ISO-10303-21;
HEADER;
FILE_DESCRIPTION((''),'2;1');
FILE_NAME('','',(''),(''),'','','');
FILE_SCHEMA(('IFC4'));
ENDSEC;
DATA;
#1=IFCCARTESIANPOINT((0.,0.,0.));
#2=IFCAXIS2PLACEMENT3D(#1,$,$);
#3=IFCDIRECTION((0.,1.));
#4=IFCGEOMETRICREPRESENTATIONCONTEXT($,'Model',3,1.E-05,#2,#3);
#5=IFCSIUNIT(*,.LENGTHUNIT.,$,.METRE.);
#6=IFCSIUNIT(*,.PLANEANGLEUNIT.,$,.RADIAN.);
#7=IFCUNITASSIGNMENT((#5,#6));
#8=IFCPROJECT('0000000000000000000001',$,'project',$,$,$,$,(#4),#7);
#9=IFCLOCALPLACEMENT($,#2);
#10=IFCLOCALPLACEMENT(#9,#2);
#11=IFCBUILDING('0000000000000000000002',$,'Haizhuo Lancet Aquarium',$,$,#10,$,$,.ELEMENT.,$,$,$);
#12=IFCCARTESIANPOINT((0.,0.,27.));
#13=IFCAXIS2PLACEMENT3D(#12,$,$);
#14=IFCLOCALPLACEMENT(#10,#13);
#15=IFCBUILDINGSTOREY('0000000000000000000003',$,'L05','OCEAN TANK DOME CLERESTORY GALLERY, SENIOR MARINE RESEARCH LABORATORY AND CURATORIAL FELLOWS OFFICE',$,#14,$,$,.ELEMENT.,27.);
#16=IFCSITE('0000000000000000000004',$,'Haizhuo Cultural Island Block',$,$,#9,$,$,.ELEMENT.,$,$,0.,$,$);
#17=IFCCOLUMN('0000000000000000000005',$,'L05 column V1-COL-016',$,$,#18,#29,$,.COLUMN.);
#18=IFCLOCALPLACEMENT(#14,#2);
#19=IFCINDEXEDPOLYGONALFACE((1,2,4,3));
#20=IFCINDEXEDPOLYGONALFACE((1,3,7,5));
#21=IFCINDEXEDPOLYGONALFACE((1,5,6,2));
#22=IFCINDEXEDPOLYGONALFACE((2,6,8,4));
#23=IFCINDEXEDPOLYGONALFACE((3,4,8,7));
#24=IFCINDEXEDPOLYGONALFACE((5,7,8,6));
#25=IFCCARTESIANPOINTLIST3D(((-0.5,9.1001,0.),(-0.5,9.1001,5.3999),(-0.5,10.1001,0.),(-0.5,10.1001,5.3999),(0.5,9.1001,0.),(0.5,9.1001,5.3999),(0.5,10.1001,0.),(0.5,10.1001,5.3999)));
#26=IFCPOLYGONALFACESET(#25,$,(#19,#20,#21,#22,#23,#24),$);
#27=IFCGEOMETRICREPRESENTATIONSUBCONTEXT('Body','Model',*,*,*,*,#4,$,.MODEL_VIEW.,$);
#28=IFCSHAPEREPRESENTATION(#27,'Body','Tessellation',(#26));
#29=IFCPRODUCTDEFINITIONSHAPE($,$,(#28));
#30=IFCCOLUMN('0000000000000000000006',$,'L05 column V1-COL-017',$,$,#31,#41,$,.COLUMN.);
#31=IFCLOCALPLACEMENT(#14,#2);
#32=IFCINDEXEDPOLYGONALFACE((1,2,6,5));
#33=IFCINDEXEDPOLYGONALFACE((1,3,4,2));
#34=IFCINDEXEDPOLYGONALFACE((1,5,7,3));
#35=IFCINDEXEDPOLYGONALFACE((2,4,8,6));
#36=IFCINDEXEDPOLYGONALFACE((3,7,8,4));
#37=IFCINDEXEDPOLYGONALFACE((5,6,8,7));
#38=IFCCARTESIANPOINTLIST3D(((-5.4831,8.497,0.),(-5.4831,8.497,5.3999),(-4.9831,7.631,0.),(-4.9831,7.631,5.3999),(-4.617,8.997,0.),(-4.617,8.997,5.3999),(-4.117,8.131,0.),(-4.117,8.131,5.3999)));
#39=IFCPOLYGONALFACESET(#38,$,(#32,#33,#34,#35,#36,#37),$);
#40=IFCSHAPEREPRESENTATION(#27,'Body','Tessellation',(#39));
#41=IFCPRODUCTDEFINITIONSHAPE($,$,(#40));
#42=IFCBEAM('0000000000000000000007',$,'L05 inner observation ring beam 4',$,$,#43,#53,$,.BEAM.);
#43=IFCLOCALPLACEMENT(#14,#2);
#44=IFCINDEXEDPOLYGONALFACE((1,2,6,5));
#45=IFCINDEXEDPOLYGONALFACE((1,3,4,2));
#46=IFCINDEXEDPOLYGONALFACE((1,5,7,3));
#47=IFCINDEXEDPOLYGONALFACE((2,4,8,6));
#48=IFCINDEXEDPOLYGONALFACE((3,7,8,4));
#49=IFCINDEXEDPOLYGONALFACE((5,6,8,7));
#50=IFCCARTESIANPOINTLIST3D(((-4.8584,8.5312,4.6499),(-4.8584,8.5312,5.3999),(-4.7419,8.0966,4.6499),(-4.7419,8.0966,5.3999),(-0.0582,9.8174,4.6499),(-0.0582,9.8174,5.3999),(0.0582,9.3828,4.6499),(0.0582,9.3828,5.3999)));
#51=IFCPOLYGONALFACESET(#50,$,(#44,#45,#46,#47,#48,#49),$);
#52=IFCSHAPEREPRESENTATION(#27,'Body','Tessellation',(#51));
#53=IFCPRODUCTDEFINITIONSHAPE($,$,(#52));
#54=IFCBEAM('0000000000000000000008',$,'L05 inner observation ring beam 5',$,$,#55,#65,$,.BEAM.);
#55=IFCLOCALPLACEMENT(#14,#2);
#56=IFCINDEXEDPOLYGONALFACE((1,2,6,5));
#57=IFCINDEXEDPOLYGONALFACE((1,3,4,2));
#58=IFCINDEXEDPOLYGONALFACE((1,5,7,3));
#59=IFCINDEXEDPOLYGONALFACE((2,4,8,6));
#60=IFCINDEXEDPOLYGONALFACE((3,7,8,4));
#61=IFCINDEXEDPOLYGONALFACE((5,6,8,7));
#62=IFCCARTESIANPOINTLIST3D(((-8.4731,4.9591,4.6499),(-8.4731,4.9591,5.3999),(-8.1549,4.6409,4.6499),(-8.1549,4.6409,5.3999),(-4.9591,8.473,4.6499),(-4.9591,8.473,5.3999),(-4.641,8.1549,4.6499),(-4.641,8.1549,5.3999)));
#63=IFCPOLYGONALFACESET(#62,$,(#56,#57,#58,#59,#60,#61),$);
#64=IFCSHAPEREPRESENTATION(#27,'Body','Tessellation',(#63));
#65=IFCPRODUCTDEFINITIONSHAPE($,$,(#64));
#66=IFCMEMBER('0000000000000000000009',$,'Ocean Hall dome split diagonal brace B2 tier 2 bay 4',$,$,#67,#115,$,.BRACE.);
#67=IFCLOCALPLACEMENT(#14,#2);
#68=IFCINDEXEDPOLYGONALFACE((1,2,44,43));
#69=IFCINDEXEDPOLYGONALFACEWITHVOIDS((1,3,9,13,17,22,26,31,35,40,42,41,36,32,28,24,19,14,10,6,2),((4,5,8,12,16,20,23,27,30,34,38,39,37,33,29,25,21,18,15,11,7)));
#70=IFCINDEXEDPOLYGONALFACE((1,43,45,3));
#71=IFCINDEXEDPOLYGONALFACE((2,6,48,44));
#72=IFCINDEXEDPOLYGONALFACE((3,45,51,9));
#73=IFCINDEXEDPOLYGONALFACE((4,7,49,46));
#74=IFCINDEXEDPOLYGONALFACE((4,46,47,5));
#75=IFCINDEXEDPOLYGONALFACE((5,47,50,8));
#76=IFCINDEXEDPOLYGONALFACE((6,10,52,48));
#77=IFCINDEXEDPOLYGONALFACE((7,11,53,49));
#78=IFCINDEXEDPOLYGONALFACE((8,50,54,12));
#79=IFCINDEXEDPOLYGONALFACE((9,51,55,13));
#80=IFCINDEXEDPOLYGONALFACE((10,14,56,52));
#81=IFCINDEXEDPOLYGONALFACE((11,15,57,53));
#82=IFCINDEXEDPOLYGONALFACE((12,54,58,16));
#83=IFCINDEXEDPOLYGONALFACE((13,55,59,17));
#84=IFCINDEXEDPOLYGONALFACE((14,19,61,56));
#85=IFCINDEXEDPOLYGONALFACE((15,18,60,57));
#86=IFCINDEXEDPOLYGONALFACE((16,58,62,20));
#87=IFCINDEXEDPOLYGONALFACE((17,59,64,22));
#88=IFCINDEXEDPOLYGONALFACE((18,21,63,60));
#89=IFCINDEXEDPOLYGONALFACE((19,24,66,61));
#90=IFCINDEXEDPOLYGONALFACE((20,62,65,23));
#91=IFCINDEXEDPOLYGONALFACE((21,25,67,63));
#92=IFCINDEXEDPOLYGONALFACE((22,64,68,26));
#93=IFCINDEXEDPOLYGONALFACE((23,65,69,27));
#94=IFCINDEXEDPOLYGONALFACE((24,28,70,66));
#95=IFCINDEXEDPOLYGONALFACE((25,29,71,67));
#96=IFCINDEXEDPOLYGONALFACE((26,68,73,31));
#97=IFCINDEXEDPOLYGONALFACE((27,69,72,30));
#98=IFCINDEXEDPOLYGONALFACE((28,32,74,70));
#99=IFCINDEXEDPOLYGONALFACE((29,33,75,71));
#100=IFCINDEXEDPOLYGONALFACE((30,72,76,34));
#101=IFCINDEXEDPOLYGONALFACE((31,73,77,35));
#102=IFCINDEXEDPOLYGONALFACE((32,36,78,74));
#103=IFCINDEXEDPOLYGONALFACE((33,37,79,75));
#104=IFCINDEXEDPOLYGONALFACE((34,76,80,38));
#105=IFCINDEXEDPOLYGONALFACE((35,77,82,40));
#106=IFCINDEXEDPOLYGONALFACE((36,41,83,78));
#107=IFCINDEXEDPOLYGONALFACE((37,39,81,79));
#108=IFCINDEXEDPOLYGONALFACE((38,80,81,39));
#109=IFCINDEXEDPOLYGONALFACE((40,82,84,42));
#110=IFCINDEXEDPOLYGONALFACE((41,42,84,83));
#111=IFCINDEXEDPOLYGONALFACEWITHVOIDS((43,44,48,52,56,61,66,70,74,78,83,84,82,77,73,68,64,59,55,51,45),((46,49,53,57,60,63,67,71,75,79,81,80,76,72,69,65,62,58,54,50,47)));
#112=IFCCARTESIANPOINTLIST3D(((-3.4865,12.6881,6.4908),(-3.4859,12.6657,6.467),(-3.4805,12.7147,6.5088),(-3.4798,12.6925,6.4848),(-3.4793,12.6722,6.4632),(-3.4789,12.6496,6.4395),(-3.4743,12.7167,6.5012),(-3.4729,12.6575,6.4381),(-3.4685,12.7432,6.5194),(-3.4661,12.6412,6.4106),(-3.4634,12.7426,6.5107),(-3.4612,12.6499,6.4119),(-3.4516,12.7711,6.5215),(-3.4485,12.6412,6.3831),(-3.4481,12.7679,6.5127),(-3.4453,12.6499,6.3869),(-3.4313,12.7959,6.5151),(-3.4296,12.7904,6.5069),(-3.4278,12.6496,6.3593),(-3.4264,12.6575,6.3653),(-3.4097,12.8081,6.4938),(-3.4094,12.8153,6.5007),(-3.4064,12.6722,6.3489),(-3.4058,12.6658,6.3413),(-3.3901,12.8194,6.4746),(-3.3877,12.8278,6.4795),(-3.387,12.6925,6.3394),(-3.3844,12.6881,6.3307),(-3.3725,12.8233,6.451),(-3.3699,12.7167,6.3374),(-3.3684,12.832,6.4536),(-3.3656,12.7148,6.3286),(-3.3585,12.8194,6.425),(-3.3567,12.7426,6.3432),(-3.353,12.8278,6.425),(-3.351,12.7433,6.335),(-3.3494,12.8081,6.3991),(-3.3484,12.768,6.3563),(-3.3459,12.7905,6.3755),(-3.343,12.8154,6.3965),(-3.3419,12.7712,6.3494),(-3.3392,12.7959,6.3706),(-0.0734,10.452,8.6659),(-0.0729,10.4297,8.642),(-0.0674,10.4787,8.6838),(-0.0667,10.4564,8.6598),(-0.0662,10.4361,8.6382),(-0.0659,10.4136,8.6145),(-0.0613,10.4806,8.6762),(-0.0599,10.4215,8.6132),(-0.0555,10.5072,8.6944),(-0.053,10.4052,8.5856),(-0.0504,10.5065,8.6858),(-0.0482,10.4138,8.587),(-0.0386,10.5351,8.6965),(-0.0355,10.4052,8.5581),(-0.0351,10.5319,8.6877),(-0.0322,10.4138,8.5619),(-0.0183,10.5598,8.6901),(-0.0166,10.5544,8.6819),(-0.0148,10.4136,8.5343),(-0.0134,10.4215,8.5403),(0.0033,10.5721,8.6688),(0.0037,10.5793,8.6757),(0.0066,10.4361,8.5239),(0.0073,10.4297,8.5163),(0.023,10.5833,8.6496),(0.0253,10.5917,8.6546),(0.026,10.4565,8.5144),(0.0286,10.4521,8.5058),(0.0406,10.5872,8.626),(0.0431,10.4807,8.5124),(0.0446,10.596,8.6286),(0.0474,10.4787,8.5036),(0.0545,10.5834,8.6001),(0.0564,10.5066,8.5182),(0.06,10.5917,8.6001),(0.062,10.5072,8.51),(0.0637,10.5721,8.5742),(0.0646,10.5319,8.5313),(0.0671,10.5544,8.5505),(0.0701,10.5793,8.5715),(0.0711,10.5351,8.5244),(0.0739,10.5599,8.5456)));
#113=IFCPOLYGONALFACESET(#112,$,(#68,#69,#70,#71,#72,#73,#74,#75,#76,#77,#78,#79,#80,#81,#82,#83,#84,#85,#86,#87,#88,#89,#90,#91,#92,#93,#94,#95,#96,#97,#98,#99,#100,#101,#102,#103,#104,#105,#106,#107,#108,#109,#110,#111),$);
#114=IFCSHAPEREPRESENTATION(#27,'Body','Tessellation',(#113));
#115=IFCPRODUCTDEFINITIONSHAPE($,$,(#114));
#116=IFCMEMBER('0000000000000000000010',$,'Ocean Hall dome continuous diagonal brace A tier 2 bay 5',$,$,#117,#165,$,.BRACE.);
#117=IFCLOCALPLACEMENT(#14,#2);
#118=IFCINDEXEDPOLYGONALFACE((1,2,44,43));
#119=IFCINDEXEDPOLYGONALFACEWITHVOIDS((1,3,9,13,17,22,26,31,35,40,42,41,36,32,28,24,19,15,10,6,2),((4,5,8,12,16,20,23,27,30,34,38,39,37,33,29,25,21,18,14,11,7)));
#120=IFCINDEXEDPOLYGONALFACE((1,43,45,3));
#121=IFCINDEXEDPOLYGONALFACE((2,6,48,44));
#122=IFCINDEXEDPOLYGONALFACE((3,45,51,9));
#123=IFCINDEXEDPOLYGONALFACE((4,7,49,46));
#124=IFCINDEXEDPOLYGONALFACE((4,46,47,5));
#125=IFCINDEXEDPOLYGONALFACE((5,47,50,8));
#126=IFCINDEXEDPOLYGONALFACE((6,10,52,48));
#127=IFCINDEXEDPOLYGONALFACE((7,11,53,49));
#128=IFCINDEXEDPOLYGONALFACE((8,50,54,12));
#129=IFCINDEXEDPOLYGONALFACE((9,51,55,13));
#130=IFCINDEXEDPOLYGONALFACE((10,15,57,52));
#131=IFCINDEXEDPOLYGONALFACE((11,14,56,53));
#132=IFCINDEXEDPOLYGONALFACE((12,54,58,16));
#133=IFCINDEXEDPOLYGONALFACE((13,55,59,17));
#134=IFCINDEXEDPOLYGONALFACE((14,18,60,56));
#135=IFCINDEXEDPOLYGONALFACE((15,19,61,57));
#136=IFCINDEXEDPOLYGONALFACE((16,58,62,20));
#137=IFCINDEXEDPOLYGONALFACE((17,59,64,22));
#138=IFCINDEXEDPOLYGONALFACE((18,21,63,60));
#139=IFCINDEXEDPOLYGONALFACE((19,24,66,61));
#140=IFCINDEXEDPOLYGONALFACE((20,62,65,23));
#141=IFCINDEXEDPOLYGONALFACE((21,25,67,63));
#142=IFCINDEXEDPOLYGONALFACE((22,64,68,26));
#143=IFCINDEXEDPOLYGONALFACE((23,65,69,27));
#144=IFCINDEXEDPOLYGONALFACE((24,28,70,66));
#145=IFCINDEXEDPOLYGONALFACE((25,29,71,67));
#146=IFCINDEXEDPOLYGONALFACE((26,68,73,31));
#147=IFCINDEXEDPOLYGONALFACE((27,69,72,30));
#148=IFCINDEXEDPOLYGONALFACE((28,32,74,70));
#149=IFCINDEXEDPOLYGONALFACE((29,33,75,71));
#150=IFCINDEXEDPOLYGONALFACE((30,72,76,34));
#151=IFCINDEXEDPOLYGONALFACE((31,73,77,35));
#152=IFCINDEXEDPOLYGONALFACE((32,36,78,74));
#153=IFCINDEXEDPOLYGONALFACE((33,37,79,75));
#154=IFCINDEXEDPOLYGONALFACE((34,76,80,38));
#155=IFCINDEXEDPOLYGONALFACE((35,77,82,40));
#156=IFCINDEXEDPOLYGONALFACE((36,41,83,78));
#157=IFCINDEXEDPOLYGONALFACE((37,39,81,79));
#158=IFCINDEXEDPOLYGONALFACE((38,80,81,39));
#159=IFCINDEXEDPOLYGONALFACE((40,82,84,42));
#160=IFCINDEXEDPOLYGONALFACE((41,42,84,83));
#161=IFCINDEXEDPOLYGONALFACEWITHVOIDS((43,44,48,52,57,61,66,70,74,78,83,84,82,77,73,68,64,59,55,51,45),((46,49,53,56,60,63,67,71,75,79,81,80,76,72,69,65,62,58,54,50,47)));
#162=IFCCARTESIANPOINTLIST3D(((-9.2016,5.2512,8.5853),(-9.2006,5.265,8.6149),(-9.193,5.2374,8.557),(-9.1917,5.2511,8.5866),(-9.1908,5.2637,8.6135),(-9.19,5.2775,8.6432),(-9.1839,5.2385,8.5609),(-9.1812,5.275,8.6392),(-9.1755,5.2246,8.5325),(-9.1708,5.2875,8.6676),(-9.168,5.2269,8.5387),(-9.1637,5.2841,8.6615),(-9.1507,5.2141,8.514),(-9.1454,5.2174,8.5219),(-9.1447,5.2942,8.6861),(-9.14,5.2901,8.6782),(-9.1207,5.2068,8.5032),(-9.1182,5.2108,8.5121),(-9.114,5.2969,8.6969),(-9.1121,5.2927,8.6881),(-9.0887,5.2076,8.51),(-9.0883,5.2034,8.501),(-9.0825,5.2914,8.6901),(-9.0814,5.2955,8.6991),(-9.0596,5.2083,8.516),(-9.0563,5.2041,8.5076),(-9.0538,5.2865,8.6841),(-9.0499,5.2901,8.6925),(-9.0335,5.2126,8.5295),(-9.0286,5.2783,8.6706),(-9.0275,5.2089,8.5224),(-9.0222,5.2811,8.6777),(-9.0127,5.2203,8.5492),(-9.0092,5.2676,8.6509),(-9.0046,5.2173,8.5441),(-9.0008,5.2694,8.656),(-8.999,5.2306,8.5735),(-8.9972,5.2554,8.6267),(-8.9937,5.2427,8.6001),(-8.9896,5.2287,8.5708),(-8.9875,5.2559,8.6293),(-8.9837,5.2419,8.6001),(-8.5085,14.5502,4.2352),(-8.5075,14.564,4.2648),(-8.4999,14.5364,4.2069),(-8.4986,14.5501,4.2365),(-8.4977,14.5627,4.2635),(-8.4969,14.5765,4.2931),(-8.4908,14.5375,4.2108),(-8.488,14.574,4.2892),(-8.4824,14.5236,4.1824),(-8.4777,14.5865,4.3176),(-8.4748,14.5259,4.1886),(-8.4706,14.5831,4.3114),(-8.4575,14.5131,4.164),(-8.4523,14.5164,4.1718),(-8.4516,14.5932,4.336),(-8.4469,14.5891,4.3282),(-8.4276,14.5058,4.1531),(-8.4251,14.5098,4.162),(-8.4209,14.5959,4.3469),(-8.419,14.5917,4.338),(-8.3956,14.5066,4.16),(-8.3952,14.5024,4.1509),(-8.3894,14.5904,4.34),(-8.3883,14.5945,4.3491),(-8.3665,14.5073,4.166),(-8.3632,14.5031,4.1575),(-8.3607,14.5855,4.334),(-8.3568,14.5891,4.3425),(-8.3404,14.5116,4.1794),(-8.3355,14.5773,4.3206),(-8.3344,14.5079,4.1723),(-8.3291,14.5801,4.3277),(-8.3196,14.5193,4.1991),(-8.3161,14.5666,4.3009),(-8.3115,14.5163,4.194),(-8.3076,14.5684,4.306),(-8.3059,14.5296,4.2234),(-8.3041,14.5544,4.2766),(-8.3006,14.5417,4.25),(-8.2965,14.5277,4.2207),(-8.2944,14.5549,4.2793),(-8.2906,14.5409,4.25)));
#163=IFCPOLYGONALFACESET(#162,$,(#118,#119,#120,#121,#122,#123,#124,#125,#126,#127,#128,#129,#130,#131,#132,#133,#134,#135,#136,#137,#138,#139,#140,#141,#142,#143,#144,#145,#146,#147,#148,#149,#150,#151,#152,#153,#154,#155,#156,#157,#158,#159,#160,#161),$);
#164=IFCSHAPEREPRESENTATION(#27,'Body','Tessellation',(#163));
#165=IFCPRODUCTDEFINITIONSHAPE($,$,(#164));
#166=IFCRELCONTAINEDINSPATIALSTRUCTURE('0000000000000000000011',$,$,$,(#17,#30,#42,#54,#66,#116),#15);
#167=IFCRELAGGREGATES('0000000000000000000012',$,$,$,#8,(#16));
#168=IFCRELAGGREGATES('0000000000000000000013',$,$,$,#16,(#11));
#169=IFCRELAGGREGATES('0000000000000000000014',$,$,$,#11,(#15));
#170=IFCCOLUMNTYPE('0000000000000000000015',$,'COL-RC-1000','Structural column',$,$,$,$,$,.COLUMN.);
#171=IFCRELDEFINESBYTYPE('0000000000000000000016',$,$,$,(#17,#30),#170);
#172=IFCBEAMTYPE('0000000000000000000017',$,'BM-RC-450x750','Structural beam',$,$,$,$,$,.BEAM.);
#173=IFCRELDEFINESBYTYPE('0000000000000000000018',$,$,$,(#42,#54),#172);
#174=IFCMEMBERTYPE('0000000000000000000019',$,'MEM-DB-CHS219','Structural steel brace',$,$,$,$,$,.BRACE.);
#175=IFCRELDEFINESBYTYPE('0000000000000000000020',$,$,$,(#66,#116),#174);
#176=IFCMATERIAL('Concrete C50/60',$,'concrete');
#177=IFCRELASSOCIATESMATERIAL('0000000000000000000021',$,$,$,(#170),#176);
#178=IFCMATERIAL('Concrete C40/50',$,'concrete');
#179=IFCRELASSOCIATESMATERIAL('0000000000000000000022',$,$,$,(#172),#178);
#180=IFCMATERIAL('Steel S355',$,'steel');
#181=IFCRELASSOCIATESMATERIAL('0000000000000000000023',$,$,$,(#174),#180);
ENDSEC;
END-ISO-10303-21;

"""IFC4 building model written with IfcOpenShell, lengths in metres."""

from ifc_helpers import new_model, si_unit, direction, frame, origin, origin_2d, place, context, subcontext, project, spatial, rectangle, hollow_circle, extrude, material, material_profile, profile_set, type_object, element, save


model = new_model("IFC4")

# Units and contexts
model_context = context("Model", 3, precision=1e-05, world=origin(), true_north=direction((0.0, 1.0)))
body_context = subcontext(model_context, "Body", "Model", "MODEL_VIEW")
ifc_project = project(units=[si_unit("LENGTHUNIT", "METRE"), si_unit("PLANEANGLEUNIT", "RADIAN")], contexts=[model_context])

# Site, building, storey
site_placement = place(None, origin())
site = spatial("IfcSite", under=ifc_project, at=site_placement, Name="Haizhuo Cultural Island Block", CompositionType="ELEMENT", RefElevation=0.0)
building_placement = place(site_placement, origin())
building = spatial("IfcBuilding", under=site, at=building_placement, Name="Haizhuo Lancet Aquarium", CompositionType="ELEMENT")
storey_placement = place(building_placement, frame((0.0, 0.0, 27.0)))
storey = spatial("IfcBuildingStorey", under=building, at=storey_placement, Name="L05", Description="OCEAN TANK DOME CLERESTORY GALLERY, SENIOR MARINE RESEARCH LABORATORY AND CURATORIAL FELLOWS OFFICE", CompositionType="ELEMENT", Elevation=27.0)

# Columns
ifc_material_1 = material(Name="Concrete C50/60", Category="concrete")
ifc_material_profile_1 = material_profile(ifc_material_1, rectangle(XDim=1.0, YDim=1.0, at=origin_2d()), Name="RC-COL 1000x1000")
ifc_profile_set_1 = profile_set([ifc_material_profile_1], Name="Concrete C50/60")
column_type = type_object("IfcColumnType", Name="COL-RC-1000", Description="Structural column", PredefinedType="COLUMN", material=ifc_profile_set_1)
for number, where, z_axis, x_axis, name in (
    (1, (0.0, 9.6001, 0.0), (0.0, 0.0, 1.0), (0.0, 1.0, 0.0), "L05 column V1-COL-016"),
    (2, (-4.8, 8.314, 0.0), (0.0, 0.0, 1.0), (-0.5, 0.866025, 0.0), "L05 column V1-COL-017"),
):
    element("IfcColumn", number, at=place(storey_placement, frame(where, z_axis=z_axis, x_axis=x_axis)), inside=storey, type_object=column_type, Name=name, PredefinedType="COLUMN", context=body_context, shape_type="SweptSolid", body=[
        extrude(rectangle(XDim=1.0, YDim=1.0, at=origin_2d()), origin(), (0.0, 0.0, 1.0), 5.3999),
    ])

# Beams
ifc_material_2 = material(Name="Concrete C40/50", Category="concrete")
ifc_material_profile_2 = material_profile(ifc_material_2, rectangle(XDim=0.45, YDim=0.75, at=origin_2d()), Name="RC-BM 450x750")
ifc_profile_set_2 = profile_set([ifc_material_profile_2], Name="Concrete C40/50")
beam_type = type_object("IfcBeamType", Name="BM-RC-450x750", Description="Structural beam", PredefinedType="BEAM", material=ifc_profile_set_2)
for number, where, z_axis, x_axis, name in (
    (3, (0.0, 9.6001, 5.0249), (-0.965928, -0.258812, 0.0), (0.258812, -0.965928, 0.0), "L05 inner observation ring beam 4"),
    (4, (-4.8, 8.314, 5.0249), (-0.707107, -0.707107, 0.0), (0.707107, -0.707107, 0.0), "L05 inner observation ring beam 5"),
):
    element("IfcBeam", number, at=place(storey_placement, frame(where, z_axis=z_axis, x_axis=x_axis)), inside=storey, type_object=beam_type, Name=name, PredefinedType="BEAM", context=body_context, shape_type="SweptSolid", body=[
        extrude(rectangle(XDim=0.45, YDim=0.75, at=origin_2d()), origin(), (0.0, 0.0, 1.0), 4.9695),
    ])

# Members
ifc_material_3 = material(Name="Steel S355", Category="steel")
ifc_material_profile_3 = material_profile(ifc_material_3, hollow_circle(Radius=0.1096, WallThickness=0.01, at=origin_2d()), Name="CHS 219x10")
ifc_profile_set_3 = profile_set([ifc_material_profile_3], Name="Steel S355")
member_type_1 = type_object("IfcMemberType", Name="MEM-DB-CHS219", Description="Structural steel brace", PredefinedType="BRACE", material=ifc_profile_set_3)
member_1_placement = place(storey_placement, frame((-3.4131, 12.7361, 6.425), z_axis=(0.738147, -0.483597, 0.470397), x_axis=(0.548013, 0.83647, 0.0)))
element("IfcMember", 5, at=member_1_placement, inside=storey, type_object=member_type_1, Name="Ocean Hall dome split diagonal brace B2 tier 2 bay 4", PredefinedType="BRACE", context=body_context, shape_type="SweptSolid", body=[
    extrude(hollow_circle(Radius=0.1096, WallThickness=0.01, at=origin_2d()), origin(), (0.0, 0.0, 1.0), 4.6238),
])
member_2_placement = place(storey_placement, frame((-8.3999, 14.5491, 4.25), z_axis=(-0.067361, -0.903732, 0.422765), x_axis=(0.997234, -0.07433, 0.0)))
element("IfcMember", 6, at=member_2_placement, inside=storey, type_object=member_type_1, Name="Ocean Hall dome continuous diagonal brace A tier 2 bay 5", PredefinedType="BRACE", context=body_context, shape_type="SweptSolid", body=[
    extrude(hollow_circle(Radius=0.1096, WallThickness=0.01, at=origin_2d()), origin(), (0.0, 0.0, 1.0), 10.2896),
])

save(model, "model.ifc")
